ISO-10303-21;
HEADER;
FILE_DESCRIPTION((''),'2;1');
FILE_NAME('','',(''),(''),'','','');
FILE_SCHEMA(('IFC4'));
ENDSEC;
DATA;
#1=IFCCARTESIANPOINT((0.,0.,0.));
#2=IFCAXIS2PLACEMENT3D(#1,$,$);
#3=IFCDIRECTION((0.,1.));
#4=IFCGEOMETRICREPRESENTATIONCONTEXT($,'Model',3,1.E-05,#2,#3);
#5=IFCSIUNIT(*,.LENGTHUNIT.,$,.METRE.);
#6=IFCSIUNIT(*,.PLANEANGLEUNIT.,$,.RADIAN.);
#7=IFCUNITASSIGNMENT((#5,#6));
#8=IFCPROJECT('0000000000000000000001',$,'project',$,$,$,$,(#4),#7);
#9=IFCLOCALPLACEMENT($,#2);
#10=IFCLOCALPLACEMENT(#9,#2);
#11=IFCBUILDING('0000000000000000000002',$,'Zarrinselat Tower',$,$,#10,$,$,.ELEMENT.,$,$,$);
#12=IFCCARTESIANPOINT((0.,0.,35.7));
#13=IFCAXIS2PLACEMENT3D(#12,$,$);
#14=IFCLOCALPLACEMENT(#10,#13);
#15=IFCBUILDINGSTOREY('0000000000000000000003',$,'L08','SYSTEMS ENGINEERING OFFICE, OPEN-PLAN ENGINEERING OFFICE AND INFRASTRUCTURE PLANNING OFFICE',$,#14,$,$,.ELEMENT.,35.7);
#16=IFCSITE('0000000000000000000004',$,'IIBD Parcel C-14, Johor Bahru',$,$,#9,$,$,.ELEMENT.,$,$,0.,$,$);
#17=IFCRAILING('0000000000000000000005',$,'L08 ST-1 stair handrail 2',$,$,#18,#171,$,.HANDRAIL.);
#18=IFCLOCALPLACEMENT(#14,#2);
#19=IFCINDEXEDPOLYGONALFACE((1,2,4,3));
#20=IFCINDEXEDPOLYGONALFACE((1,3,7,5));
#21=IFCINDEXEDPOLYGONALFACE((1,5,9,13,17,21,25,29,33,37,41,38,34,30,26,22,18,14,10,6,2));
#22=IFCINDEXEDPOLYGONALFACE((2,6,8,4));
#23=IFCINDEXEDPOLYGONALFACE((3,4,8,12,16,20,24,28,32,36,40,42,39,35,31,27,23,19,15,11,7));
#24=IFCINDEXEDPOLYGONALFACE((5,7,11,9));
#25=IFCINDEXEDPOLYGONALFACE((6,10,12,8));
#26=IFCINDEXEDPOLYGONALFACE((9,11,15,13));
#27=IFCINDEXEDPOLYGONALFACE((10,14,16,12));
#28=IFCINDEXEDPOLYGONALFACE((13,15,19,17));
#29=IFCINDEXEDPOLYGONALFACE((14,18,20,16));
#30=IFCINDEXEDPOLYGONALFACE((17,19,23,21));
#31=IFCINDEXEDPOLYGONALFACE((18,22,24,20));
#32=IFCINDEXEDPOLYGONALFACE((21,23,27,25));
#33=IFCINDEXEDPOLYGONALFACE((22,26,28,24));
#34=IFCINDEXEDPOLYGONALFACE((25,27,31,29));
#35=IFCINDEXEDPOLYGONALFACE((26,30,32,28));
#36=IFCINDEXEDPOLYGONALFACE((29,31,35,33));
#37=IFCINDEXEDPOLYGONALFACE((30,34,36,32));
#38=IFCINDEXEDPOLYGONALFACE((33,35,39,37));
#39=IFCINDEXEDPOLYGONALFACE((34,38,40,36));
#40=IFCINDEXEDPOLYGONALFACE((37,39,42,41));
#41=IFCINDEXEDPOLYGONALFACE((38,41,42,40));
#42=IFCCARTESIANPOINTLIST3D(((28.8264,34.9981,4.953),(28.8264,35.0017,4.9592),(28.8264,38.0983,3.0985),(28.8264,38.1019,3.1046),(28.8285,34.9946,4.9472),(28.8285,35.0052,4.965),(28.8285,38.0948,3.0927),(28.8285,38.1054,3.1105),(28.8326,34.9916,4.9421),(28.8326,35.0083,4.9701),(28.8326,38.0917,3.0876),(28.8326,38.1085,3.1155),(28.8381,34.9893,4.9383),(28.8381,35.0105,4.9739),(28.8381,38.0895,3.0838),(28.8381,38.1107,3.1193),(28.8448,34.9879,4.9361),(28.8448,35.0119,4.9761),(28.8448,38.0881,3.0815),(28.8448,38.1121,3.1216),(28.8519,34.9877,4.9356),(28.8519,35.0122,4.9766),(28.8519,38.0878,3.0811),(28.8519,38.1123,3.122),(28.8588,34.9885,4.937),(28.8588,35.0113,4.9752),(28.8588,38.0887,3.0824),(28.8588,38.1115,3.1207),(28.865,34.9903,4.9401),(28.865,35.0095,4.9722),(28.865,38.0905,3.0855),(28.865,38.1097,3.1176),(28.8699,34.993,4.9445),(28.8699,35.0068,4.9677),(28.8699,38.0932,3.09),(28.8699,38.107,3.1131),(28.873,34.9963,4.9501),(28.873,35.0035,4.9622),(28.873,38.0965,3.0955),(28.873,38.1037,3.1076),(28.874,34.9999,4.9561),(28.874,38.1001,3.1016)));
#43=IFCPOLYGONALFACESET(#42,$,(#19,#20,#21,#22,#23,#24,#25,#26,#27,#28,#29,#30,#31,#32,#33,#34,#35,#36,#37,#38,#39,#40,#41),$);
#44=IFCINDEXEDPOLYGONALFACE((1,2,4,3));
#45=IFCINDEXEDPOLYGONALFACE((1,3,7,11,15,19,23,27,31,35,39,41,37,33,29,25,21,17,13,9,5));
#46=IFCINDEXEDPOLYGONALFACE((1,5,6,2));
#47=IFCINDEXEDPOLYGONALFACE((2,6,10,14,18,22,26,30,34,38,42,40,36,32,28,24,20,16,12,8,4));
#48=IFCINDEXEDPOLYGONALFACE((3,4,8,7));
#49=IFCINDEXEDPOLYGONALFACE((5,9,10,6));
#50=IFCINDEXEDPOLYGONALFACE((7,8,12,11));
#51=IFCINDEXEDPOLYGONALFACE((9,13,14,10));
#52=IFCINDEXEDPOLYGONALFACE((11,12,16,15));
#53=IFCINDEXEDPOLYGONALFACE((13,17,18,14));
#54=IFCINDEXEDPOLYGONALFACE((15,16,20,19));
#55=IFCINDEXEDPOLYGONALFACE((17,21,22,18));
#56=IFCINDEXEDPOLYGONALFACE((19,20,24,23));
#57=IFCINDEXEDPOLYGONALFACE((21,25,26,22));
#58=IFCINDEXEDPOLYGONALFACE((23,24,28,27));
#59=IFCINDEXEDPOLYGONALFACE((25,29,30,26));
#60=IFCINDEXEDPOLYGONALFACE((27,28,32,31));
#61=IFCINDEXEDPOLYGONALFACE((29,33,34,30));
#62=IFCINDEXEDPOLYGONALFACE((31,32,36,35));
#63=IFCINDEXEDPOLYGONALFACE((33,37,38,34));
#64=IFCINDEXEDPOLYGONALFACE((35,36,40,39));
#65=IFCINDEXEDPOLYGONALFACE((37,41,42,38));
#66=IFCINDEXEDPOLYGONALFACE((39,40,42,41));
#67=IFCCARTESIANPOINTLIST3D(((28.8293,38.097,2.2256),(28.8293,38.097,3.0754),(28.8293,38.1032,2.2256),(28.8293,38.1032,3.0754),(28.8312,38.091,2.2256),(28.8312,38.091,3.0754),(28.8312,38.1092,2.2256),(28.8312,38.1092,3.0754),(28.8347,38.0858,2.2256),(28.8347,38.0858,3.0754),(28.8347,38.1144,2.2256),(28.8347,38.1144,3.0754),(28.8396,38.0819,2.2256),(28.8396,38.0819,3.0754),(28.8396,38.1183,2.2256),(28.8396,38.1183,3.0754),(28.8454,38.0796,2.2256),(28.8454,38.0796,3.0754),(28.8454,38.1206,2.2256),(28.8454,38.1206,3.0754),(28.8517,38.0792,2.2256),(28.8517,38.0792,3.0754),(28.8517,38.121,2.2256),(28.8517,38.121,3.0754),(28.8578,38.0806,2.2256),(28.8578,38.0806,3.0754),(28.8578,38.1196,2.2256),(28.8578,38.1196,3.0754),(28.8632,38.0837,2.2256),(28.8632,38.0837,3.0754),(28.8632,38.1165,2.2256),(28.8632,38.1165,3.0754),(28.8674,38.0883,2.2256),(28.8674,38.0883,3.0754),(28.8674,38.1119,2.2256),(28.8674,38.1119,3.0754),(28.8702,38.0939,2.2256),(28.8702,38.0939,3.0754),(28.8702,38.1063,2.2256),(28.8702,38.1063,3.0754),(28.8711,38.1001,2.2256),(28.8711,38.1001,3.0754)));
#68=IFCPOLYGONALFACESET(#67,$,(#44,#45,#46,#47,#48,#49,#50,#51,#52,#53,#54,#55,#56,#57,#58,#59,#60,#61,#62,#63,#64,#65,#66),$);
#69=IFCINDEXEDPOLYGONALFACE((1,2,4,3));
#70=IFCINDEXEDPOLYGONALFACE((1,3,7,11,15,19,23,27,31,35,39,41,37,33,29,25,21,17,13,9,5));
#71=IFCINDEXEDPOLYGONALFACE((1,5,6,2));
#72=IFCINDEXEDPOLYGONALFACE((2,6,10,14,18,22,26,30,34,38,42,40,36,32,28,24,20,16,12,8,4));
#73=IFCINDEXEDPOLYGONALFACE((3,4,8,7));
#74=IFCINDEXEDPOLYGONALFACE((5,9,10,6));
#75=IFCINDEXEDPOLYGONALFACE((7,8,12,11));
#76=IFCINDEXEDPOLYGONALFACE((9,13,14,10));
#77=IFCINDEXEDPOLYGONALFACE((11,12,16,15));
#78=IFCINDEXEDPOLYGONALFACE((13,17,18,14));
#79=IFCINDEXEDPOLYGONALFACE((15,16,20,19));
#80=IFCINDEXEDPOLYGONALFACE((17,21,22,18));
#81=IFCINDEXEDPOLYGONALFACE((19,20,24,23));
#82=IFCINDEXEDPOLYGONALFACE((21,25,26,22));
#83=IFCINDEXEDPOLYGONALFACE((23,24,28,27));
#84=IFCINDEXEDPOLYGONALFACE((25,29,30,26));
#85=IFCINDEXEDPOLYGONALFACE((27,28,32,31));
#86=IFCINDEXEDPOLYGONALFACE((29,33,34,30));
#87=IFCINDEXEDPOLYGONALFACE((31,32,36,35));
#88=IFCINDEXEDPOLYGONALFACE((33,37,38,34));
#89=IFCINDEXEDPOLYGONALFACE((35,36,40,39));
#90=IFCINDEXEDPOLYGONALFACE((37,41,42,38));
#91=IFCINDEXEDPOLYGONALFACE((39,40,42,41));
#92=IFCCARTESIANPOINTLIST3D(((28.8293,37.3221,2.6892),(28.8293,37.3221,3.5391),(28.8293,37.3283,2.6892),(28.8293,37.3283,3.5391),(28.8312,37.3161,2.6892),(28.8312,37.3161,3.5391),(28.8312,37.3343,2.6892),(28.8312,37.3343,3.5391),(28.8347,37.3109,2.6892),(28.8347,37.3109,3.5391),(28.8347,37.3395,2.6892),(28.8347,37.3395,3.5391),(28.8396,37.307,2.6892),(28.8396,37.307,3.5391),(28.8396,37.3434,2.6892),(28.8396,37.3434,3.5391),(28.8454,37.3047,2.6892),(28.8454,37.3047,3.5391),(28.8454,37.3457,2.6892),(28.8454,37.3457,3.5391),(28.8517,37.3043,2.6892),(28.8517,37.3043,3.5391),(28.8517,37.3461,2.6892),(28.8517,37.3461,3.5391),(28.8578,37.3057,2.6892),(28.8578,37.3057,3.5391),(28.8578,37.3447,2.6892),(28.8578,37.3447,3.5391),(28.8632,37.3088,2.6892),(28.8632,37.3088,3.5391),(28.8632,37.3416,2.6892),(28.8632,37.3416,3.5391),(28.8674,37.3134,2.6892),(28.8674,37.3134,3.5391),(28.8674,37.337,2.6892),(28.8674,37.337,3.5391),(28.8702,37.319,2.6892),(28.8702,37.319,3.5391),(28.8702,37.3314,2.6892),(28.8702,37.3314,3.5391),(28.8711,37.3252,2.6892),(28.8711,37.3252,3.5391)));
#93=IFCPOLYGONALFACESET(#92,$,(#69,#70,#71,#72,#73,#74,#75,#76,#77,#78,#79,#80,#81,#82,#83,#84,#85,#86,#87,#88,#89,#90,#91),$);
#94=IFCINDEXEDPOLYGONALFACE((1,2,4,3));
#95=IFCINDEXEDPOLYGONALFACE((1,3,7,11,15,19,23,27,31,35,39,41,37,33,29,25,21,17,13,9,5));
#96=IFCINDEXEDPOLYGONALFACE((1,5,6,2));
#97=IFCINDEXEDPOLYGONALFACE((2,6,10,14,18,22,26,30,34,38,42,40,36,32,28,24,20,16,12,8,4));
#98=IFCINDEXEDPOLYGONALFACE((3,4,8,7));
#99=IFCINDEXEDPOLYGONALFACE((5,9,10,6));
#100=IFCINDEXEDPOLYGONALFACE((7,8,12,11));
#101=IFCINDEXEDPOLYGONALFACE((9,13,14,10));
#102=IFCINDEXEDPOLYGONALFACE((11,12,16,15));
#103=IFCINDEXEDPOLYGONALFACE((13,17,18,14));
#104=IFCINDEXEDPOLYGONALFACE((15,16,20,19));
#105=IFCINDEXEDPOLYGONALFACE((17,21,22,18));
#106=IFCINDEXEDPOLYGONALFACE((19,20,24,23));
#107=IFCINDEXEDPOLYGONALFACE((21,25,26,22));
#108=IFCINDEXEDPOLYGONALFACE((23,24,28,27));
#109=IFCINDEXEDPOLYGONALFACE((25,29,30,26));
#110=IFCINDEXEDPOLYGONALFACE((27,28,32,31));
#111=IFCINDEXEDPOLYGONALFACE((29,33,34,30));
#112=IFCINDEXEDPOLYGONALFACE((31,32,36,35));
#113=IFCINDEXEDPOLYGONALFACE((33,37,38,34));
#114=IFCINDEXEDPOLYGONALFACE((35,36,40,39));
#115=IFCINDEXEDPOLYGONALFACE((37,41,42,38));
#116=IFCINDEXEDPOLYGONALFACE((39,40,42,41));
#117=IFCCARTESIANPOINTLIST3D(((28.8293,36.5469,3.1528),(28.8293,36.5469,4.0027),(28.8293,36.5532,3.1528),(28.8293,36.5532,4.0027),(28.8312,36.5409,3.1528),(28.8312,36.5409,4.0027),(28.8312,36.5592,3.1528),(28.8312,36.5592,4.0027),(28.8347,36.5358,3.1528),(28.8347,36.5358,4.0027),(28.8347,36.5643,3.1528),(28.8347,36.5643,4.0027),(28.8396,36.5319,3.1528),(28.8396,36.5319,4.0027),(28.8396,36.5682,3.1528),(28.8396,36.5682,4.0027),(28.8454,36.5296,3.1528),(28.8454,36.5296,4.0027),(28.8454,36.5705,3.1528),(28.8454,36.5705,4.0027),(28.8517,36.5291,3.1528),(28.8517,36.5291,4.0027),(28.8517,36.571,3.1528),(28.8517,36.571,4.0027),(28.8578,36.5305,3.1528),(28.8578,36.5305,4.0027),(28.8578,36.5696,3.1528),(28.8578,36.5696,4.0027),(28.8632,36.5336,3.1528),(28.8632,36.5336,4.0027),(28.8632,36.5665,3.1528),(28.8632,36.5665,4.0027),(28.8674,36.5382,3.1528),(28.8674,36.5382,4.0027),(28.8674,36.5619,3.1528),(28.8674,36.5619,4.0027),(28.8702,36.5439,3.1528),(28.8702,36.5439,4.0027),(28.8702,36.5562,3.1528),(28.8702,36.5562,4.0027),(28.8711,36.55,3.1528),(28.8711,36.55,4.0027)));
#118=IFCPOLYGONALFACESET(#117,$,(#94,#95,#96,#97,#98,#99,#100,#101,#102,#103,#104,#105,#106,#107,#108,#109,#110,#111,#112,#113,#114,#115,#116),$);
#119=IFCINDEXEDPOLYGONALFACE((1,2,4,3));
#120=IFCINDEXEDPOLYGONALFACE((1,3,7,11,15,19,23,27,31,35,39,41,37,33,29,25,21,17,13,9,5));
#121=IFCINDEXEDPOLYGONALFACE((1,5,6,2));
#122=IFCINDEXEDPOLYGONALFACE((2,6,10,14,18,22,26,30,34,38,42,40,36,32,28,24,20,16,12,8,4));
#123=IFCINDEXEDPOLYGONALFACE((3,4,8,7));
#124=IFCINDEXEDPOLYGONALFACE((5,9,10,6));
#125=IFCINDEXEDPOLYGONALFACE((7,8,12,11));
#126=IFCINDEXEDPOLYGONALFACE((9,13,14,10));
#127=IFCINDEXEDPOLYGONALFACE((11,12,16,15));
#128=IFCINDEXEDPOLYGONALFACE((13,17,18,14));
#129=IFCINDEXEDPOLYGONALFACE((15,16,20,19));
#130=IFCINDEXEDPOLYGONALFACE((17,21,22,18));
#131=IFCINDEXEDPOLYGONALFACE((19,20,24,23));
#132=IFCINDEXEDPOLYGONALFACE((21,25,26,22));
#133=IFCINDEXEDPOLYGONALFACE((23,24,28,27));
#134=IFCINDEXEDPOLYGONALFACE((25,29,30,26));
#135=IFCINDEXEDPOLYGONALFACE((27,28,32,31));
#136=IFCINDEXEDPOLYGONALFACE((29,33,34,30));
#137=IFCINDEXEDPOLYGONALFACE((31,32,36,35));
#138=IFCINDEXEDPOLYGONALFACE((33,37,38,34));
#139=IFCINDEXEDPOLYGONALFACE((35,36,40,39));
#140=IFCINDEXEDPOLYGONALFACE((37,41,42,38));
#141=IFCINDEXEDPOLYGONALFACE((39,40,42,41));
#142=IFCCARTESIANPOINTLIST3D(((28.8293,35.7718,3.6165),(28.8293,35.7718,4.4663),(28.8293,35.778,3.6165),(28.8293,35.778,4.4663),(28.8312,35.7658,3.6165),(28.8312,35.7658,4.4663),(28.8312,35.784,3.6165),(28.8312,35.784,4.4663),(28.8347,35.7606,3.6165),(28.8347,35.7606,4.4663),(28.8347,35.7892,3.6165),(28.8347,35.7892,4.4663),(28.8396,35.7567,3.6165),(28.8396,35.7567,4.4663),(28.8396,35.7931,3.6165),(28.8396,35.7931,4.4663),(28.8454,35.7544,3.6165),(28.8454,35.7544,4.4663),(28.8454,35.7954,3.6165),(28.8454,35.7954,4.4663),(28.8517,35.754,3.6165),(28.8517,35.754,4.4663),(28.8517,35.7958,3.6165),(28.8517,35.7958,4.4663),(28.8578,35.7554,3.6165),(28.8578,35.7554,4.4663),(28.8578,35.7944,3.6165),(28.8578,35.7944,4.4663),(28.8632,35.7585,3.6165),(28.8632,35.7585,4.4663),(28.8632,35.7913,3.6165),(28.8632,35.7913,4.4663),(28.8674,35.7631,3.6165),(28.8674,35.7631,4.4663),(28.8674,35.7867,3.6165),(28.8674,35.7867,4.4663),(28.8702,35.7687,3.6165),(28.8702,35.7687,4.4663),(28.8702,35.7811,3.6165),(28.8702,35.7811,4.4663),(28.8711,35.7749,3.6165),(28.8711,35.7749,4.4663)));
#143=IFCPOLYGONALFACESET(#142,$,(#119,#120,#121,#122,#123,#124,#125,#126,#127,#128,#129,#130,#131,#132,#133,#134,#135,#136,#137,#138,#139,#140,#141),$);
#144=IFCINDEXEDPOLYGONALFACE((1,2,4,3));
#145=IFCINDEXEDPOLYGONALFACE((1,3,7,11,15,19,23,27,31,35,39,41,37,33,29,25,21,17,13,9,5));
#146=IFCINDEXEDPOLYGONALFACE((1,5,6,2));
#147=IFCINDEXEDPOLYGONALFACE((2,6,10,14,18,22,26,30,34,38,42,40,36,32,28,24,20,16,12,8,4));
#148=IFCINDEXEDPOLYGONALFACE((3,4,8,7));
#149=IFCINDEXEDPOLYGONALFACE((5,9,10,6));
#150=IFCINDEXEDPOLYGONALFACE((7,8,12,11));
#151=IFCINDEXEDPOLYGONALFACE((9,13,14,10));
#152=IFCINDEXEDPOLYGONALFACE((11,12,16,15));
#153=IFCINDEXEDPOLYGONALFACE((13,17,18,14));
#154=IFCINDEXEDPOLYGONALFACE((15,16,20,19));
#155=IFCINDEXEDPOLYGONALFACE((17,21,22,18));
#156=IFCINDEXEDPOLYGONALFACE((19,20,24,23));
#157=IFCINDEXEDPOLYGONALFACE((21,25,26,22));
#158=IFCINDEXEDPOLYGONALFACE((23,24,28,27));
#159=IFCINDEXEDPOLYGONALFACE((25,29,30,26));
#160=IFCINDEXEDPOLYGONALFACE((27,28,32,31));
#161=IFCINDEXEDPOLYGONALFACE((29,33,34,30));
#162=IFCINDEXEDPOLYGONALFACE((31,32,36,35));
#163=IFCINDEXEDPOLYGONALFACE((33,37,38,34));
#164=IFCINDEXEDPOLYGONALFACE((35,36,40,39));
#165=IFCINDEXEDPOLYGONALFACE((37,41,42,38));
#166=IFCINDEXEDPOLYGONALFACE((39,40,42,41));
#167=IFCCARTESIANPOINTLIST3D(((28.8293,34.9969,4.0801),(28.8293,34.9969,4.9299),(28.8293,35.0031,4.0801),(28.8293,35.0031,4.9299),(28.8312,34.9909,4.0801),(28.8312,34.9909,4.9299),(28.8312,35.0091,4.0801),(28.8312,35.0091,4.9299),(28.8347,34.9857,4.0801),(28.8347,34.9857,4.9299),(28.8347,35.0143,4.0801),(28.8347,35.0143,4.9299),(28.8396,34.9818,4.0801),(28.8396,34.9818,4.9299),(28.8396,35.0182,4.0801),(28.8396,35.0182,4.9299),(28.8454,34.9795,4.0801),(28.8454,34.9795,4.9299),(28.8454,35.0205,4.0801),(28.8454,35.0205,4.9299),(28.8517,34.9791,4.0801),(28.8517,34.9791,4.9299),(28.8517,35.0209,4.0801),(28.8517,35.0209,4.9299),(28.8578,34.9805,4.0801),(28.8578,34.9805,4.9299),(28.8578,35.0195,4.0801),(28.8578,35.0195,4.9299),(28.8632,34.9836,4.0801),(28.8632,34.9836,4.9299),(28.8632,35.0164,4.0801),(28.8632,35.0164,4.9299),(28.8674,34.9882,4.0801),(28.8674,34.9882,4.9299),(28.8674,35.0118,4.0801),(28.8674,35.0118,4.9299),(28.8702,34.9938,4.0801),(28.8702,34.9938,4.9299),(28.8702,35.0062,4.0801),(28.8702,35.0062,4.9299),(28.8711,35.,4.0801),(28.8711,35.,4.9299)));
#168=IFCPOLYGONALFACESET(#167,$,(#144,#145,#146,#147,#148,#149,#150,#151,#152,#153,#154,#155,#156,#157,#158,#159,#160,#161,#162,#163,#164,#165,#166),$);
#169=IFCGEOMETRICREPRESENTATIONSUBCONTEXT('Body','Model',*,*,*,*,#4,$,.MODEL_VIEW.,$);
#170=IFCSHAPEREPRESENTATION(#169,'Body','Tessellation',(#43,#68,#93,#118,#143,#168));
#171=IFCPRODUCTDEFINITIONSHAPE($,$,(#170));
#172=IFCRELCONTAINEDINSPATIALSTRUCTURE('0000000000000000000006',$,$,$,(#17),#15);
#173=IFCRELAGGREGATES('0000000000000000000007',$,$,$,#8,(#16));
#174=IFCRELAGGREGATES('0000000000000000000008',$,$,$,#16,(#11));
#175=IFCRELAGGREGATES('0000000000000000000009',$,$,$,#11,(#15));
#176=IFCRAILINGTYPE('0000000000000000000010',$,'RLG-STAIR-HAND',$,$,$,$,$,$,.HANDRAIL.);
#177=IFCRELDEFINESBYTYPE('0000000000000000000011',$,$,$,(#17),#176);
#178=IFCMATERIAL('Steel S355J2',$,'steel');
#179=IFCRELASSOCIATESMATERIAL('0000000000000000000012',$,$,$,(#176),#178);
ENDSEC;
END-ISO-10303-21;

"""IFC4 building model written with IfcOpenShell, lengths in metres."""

from ifc_helpers import new_model, si_unit, direction, frame, origin, origin_2d, place, context, subcontext, project, spatial, circle, extrude, material, type_object, element, save


model = new_model("IFC4")

# Units and contexts
model_context = context("Model", 3, precision=1e-05, world=origin(), true_north=direction((0.0, 1.0)))
body_context = subcontext(model_context, "Body", "Model", "MODEL_VIEW")
ifc_project = project(units=[si_unit("LENGTHUNIT", "METRE"), si_unit("PLANEANGLEUNIT", "RADIAN")], contexts=[model_context])

# Site, building, storey
site_placement = place(None, origin())
site = spatial("IfcSite", under=ifc_project, at=site_placement, Name="IIBD Parcel C-14, Johor Bahru", CompositionType="ELEMENT", RefElevation=0.0)
building_placement = place(site_placement, origin())
building = spatial("IfcBuilding", under=site, at=building_placement, Name="Zarrinselat Tower", CompositionType="ELEMENT")
storey_placement = place(building_placement, frame((0.0, 0.0, 35.7)))
storey = spatial("IfcBuildingStorey", under=building, at=storey_placement, Name="L08", Description="SYSTEMS ENGINEERING OFFICE, OPEN-PLAN ENGINEERING OFFICE AND INFRASTRUCTURE PLANNING OFFICE", CompositionType="ELEMENT", Elevation=35.7)

# Railing
ifc_material_1 = material(Name="Steel S355J2", Category="steel")
railing_type_1 = type_object("IfcRailingType", Name="RLG-STAIR-HAND", PredefinedType="HANDRAIL", material=ifc_material_1)
railing_1_placement = place(storey_placement, frame((28.8501, 38.1001, 2.2256)))
element("IfcRailing", 1, at=railing_1_placement, inside=storey, type_object=railing_type_1, Name="L08 ST-1 stair handrail 2", PredefinedType="HANDRAIL", context=body_context, shape_type="SweptSolid", body=[
    extrude(circle(Radius=0.0239, at=origin_2d()), frame((0.0, 0.0, 0.876), z_axis=(0.0, -0.858172, 0.513362), x_axis=(1.0, 0.0, 0.0)), (0.0, 0.0, 1.0), 3.6125),
    extrude(circle(Radius=0.021, at=origin_2d()), origin(), (0.0, 0.0, 1.0), 0.8499),
    extrude(circle(Radius=0.021, at=origin_2d()), frame((0.0, -0.7749, 0.4636)), (0.0, 0.0, 1.0), 0.8499),
    extrude(circle(Radius=0.021, at=origin_2d()), frame((0.0, -1.55, 0.9272)), (0.0, 0.0, 1.0), 0.8499),
    extrude(circle(Radius=0.021, at=origin_2d()), frame((0.0, -2.3252, 1.3909)), (0.0, 0.0, 1.0), 0.8499),
    extrude(circle(Radius=0.021, at=origin_2d()), frame((0.0, -3.1001, 1.8545)), (0.0, 0.0, 1.0), 0.8499),
])

save(model, "model.ifc")
